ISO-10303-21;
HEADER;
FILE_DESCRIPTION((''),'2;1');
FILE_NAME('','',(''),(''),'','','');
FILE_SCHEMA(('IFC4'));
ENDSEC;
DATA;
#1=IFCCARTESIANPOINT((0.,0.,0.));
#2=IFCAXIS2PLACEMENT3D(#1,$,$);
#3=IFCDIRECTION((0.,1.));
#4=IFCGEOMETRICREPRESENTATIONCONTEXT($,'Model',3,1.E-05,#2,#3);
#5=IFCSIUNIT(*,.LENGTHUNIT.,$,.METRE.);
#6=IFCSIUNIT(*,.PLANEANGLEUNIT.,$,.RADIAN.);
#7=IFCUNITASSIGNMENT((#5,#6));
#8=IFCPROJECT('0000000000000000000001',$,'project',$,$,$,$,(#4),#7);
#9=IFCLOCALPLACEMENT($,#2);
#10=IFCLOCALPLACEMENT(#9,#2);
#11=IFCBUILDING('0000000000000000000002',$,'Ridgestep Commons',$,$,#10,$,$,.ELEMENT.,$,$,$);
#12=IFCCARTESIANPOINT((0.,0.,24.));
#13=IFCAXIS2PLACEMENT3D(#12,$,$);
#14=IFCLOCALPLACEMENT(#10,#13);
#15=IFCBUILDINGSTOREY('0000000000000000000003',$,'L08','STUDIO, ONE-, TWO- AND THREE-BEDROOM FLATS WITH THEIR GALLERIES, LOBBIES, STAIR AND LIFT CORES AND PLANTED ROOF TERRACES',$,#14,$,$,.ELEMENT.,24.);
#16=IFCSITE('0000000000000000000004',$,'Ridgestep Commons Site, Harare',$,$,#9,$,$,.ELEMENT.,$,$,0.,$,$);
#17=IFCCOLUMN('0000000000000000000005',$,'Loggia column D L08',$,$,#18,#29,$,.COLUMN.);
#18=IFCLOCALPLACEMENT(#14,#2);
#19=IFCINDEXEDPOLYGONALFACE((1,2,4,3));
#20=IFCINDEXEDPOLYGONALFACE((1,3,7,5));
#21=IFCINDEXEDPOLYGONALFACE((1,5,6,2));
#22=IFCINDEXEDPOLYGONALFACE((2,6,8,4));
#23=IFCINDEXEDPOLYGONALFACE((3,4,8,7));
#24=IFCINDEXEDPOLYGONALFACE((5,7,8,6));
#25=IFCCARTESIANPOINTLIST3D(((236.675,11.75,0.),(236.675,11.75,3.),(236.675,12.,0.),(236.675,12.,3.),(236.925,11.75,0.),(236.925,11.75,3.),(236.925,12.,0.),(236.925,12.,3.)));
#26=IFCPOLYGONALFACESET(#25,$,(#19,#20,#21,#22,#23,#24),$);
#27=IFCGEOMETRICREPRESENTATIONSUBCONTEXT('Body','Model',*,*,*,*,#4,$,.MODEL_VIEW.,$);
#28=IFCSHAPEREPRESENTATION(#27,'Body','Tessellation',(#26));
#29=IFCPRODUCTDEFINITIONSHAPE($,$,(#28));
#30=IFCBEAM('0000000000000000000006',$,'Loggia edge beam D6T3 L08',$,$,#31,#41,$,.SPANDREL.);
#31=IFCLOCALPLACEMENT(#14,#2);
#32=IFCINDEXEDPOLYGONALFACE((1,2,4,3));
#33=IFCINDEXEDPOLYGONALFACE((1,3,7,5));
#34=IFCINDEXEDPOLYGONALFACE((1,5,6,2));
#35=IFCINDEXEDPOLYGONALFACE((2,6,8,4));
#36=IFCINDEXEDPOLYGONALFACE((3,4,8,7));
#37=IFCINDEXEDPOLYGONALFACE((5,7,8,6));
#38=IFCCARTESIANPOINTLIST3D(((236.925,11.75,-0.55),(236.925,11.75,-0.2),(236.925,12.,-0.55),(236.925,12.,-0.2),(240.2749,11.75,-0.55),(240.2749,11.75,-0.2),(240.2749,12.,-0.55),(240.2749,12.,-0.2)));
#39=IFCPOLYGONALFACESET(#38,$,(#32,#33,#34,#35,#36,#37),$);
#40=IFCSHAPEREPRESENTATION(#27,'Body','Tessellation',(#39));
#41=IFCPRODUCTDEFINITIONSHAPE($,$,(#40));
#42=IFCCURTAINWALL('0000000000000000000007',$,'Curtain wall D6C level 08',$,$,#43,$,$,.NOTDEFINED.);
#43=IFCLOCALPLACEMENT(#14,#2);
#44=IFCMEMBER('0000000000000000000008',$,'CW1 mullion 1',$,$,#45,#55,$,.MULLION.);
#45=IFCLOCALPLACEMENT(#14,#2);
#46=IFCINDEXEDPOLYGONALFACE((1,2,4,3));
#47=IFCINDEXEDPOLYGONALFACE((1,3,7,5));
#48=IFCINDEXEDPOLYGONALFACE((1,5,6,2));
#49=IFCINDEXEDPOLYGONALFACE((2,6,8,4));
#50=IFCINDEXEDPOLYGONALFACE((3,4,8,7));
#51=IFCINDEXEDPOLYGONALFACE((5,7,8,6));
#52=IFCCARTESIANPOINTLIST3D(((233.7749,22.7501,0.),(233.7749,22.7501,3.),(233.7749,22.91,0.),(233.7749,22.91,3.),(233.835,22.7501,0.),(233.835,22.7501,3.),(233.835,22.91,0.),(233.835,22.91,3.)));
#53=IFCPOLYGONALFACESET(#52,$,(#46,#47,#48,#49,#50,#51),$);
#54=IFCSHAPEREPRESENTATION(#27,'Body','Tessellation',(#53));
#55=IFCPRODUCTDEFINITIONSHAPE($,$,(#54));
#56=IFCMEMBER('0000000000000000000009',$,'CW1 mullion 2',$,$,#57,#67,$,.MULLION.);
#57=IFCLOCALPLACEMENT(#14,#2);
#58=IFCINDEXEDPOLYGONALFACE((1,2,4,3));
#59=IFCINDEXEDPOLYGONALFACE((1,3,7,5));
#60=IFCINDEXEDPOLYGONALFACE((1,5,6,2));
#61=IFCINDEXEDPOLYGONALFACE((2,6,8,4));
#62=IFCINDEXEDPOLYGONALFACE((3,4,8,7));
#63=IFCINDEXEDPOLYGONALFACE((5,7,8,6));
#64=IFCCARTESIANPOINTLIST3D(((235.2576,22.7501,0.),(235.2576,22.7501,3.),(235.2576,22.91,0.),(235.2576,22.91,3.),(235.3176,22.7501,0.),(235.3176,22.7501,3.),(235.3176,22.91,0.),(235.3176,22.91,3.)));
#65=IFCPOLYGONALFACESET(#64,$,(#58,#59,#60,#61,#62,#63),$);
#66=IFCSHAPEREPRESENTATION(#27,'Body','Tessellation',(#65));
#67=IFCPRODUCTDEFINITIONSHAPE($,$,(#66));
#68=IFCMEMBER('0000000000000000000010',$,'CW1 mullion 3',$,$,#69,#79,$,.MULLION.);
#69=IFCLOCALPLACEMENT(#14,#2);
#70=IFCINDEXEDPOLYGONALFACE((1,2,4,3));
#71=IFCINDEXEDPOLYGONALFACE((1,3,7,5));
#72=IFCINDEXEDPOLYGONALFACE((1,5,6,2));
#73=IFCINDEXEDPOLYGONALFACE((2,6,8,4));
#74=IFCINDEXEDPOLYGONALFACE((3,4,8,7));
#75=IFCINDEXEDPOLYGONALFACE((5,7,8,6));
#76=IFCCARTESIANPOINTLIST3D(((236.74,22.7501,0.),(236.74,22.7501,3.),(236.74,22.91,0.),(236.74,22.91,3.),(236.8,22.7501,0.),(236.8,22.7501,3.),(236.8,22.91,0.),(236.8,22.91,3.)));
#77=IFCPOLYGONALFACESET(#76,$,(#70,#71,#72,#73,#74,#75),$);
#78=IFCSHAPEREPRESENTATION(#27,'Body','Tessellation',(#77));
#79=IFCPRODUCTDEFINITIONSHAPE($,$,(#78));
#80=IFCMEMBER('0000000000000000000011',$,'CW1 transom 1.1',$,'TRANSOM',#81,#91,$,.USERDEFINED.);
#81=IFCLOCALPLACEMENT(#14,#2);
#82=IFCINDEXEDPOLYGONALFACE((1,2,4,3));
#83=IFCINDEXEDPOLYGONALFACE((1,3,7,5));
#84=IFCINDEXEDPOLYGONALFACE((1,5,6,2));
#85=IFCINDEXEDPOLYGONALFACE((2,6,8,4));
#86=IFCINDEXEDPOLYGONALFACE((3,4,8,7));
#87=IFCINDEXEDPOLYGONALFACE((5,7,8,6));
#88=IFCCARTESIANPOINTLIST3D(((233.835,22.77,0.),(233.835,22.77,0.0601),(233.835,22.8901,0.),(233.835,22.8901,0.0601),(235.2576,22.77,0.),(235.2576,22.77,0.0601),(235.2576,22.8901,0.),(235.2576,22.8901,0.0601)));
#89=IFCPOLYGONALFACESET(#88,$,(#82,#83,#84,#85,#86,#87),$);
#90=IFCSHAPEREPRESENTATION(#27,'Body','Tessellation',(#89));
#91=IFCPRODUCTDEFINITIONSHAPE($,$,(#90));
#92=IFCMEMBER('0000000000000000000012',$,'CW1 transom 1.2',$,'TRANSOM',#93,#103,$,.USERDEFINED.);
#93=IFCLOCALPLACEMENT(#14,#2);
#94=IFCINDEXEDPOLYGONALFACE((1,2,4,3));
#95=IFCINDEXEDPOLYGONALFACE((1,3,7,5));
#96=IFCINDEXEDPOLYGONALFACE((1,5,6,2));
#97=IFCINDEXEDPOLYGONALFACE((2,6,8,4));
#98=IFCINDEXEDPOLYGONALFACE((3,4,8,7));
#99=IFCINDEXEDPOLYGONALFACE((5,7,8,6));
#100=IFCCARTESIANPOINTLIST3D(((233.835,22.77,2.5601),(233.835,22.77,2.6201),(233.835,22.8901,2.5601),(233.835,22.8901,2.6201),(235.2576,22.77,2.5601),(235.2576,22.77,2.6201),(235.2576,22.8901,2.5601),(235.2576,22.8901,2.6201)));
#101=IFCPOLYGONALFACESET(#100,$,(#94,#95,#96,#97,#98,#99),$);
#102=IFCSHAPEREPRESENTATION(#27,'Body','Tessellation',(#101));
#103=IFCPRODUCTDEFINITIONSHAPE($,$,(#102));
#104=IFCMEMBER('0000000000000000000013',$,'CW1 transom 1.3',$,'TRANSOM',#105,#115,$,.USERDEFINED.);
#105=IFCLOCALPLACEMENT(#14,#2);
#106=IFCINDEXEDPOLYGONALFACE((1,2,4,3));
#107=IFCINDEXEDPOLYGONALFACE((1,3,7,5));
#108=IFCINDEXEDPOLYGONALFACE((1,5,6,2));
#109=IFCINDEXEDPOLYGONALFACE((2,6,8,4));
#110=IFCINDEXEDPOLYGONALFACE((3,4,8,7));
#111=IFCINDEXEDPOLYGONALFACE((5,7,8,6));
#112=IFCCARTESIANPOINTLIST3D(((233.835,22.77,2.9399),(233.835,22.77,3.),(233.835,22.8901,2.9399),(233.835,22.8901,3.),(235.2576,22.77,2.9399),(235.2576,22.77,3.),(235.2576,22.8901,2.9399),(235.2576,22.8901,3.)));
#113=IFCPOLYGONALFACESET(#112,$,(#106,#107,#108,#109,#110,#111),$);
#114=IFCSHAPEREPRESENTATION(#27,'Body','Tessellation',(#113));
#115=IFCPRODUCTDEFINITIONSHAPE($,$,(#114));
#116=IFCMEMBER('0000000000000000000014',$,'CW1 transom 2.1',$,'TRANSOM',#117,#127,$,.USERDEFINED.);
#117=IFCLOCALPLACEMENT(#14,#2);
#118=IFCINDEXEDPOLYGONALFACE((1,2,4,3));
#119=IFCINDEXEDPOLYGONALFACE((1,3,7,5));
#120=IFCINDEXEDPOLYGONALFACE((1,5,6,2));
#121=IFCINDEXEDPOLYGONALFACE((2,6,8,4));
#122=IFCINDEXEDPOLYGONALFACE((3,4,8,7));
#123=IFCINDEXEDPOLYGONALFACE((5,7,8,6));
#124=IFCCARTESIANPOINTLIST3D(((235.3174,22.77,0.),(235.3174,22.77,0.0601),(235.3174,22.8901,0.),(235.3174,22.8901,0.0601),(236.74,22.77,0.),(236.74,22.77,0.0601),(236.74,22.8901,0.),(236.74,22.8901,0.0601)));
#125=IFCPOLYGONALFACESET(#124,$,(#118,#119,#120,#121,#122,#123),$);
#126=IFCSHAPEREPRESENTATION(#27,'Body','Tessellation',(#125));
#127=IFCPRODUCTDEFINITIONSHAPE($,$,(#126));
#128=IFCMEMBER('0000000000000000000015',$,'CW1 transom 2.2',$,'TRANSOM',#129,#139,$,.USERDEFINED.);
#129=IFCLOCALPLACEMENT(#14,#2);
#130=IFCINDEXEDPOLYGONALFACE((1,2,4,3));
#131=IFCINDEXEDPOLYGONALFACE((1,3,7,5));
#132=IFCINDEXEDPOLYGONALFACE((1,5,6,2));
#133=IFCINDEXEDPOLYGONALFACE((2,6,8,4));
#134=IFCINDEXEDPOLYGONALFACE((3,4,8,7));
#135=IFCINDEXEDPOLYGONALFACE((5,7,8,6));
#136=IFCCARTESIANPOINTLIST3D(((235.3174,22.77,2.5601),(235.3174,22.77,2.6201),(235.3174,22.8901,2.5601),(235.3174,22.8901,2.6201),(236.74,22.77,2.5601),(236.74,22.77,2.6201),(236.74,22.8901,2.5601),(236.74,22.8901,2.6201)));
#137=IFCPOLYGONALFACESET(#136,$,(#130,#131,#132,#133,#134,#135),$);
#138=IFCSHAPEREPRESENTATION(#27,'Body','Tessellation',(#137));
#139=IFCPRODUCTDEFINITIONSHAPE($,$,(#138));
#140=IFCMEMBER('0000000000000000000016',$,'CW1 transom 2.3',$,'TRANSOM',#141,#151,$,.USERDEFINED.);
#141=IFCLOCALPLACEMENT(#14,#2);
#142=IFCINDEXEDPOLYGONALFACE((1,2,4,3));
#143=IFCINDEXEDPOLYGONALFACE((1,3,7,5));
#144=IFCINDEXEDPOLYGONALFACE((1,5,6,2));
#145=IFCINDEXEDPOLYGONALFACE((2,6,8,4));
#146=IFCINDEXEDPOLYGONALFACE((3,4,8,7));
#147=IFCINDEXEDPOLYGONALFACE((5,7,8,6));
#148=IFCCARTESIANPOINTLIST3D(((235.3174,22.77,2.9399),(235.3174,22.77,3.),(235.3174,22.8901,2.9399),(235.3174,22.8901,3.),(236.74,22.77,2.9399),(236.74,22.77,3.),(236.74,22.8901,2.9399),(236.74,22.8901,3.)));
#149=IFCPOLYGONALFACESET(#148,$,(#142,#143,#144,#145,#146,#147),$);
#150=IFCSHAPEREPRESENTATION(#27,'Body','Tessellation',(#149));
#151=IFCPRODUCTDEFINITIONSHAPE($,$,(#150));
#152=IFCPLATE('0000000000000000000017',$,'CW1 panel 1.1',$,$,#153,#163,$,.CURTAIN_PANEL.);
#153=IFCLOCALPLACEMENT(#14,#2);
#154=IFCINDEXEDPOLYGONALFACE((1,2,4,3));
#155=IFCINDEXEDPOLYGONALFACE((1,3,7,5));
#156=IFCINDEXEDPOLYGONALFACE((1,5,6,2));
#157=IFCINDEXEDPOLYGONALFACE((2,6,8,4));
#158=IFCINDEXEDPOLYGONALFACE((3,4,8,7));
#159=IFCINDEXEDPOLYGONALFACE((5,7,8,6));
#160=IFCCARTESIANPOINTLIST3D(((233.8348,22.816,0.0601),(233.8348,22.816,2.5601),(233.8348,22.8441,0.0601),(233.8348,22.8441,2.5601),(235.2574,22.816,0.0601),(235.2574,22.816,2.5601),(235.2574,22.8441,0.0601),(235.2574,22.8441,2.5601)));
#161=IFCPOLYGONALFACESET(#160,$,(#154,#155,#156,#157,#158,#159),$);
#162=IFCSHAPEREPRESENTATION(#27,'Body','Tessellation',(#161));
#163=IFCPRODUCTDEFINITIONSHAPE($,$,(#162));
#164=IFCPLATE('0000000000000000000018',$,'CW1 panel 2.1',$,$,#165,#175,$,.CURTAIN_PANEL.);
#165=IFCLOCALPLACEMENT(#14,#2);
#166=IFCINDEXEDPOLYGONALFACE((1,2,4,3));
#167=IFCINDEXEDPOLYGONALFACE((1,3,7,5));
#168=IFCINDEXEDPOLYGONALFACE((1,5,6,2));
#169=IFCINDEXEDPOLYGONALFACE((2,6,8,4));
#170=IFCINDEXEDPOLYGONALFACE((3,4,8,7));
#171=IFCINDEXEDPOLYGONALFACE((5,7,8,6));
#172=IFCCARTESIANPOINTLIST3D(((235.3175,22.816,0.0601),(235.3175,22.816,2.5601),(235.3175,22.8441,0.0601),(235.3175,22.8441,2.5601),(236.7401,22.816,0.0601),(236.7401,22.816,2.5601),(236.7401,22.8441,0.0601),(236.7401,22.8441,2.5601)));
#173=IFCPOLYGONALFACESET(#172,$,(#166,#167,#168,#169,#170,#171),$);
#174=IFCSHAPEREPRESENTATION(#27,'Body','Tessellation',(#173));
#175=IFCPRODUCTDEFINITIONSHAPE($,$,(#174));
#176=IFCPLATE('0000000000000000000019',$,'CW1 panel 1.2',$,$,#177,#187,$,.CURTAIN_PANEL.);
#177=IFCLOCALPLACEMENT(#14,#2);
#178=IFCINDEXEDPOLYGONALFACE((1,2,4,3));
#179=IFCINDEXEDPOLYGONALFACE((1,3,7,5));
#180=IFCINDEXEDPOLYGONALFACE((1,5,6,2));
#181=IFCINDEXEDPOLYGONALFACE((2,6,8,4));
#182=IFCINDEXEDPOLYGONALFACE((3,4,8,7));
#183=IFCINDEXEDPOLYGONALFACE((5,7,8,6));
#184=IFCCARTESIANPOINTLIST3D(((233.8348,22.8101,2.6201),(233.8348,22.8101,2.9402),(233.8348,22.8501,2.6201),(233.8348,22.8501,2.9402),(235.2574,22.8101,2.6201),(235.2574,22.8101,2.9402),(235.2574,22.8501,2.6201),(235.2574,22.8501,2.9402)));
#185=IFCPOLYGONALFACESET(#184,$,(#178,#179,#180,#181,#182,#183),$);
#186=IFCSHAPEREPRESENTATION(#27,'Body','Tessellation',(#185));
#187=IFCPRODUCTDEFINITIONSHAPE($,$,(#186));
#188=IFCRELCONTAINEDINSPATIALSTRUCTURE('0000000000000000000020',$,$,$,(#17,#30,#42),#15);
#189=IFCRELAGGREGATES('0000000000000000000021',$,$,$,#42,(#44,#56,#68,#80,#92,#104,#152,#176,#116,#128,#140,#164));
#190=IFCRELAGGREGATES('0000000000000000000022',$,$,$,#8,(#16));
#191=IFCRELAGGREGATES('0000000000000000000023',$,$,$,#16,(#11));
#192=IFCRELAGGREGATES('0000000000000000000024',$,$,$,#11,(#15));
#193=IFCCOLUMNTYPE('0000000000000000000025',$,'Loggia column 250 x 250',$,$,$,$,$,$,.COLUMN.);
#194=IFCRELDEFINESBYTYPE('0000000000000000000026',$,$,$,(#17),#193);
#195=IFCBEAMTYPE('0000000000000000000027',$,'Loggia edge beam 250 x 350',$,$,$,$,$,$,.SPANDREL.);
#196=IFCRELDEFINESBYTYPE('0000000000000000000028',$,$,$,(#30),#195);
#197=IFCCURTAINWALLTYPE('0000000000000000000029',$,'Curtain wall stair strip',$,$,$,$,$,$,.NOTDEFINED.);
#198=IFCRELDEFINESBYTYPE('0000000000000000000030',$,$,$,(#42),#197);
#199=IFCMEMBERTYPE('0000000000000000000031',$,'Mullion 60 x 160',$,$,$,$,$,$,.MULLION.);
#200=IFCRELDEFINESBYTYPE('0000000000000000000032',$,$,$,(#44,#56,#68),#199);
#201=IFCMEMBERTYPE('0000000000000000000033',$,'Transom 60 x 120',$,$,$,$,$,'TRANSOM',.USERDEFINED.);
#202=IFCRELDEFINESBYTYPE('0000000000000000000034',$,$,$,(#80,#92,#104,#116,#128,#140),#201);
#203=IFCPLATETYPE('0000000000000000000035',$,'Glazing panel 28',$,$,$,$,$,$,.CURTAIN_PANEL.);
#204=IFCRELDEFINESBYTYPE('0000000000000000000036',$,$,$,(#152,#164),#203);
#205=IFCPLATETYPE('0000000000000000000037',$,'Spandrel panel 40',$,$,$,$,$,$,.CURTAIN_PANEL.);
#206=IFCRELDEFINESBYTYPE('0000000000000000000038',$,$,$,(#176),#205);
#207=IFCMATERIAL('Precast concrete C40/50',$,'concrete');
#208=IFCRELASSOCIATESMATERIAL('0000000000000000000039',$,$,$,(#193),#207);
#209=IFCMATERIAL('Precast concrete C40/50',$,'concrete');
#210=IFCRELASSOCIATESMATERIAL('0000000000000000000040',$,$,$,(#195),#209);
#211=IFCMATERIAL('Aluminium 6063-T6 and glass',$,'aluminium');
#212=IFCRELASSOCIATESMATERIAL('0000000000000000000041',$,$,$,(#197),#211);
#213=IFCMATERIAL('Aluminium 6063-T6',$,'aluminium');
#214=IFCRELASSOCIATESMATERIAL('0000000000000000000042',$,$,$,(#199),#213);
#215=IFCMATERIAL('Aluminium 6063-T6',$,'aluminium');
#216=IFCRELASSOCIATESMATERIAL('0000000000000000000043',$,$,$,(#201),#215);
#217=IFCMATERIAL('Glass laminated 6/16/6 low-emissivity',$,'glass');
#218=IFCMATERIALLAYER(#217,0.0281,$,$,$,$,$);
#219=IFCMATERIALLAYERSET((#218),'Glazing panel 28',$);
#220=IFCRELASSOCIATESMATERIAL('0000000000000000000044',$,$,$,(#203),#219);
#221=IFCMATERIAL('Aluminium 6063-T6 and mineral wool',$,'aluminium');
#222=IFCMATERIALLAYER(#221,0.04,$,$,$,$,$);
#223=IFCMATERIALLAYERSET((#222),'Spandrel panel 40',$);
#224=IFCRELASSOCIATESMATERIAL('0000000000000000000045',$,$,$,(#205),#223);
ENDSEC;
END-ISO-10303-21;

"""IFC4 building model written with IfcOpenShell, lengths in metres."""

from ifc_helpers import new_model, si_unit, direction, frame, origin, origin_2d, place, context, subcontext, project, spatial, rectangle, extrude, material, layer, layer_set, material_profile, profile_set, type_object, element, aggregate, save


model = new_model("IFC4")

# Units and contexts
model_context = context("Model", 3, precision=1e-05, world=origin(), true_north=direction((0.0, 1.0)))
body_context = subcontext(model_context, "Body", "Model", "MODEL_VIEW")
ifc_project = project(units=[si_unit("LENGTHUNIT", "METRE"), si_unit("PLANEANGLEUNIT", "RADIAN")], contexts=[model_context])

# Site, building, storey
site_placement = place(None, origin())
site = spatial("IfcSite", under=ifc_project, at=site_placement, Name="Ridgestep Commons Site, Harare", CompositionType="ELEMENT", RefElevation=0.0)
building_placement = place(site_placement, origin())
building = spatial("IfcBuilding", under=site, at=building_placement, Name="Ridgestep Commons", CompositionType="ELEMENT")
storey_placement = place(building_placement, frame((0.0, 0.0, 24.0)))
storey = spatial("IfcBuildingStorey", under=building, at=storey_placement, Name="L08", Description="STUDIO, ONE-, TWO- AND THREE-BEDROOM FLATS WITH THEIR GALLERIES, LOBBIES, STAIR AND LIFT CORES AND PLANTED ROOF TERRACES", CompositionType="ELEMENT", Elevation=24.0)

# Column
ifc_material_1 = material(Name="Precast concrete C40/50", Category="concrete")
ifc_material_profile_1 = material_profile(ifc_material_1, rectangle(XDim=0.25, YDim=0.25, at=origin_2d()), Name="PC 250x250")
ifc_profile_set_1 = profile_set([ifc_material_profile_1], Name="Precast concrete C40/50")
column_type = type_object("IfcColumnType", Name="Loggia column 250 x 250", PredefinedType="COLUMN", material=ifc_profile_set_1)
column_placement = place(storey_placement, frame((236.8, 11.875, 0.0), z_axis=(0.0, 0.0, 1.0), x_axis=(1.0, 0.0, 0.0)))
element("IfcColumn", 1, at=column_placement, inside=storey, type_object=column_type, Name="Loggia column D L08", PredefinedType="COLUMN", context=body_context, shape_type="SweptSolid", body=[
    extrude(rectangle(XDim=0.25, YDim=0.25, at=origin_2d()), origin(), (0.0, 0.0, 1.0), 3.0),
])

# Beam
ifc_material_2 = material(Name="Precast concrete C40/50", Category="concrete")
ifc_material_profile_2 = material_profile(ifc_material_2, rectangle(XDim=0.25, YDim=0.3501, at=origin_2d()), Name="PC 250x350")
ifc_profile_set_2 = profile_set([ifc_material_profile_2], Name="Precast concrete C40/50")
beam_type = type_object("IfcBeamType", Name="Loggia edge beam 250 x 350", PredefinedType="SPANDREL", material=ifc_profile_set_2)
beam_placement = place(storey_placement, frame((236.925, 11.875, -0.375), z_axis=(1.0, 0.0, 0.0), x_axis=(0.0, 1.0, 0.0)))
element("IfcBeam", 2, at=beam_placement, inside=storey, type_object=beam_type, Name="Loggia edge beam D6T3 L08", PredefinedType="SPANDREL", context=body_context, shape_type="SweptSolid", body=[
    extrude(rectangle(XDim=0.25, YDim=0.3501, at=origin_2d()), origin(), (0.0, 0.0, 1.0), 3.3499),
])

# Curtain wall, members, plates
ifc_material_3 = material(Name="Aluminium 6063-T6 and glass", Category="aluminium")
curtain_wall_type = type_object("IfcCurtainWallType", Name="Curtain wall stair strip", PredefinedType="NOTDEFINED", material=ifc_material_3)
curtain_wall_placement = place(storey_placement, origin())
curtain_wall = element("IfcCurtainWall", 3, at=curtain_wall_placement, inside=storey, type_object=curtain_wall_type, Name="Curtain wall D6C level 08", PredefinedType="NOTDEFINED")
ifc_material_4 = material(Name="Aluminium 6063-T6", Category="aluminium")
ifc_material_profile_3 = material_profile(ifc_material_4, rectangle(XDim=0.1599, YDim=0.0601, at=origin_2d()), Name="Mullion 60 x 160")
ifc_profile_set_3 = profile_set([ifc_material_profile_3], Name="Aluminium 6063-T6")
member_type_1 = type_object("IfcMemberType", Name="Mullion 60 x 160", PredefinedType="MULLION", material=ifc_profile_set_3)
member_1_placement = place(storey_placement, frame((233.8049, 22.8301, 0.0), z_axis=(0.0, 0.0, 1.0), x_axis=(0.0, 1.0, 0.0)))
member_1 = element("IfcMember", 4, at=member_1_placement, type_object=member_type_1, Name="CW1 mullion 1", PredefinedType="MULLION", context=body_context, shape_type="SweptSolid", body=[
    extrude(rectangle(XDim=0.1599, YDim=0.0601, at=origin_2d()), origin(), (0.0, 0.0, 1.0), 3.0),
])
member_2_placement = place(storey_placement, frame((235.2876, 22.8301, 0.0), z_axis=(0.0, 0.0, 1.0), x_axis=(0.0, 1.0, 0.0)))
member_2 = element("IfcMember", 5, at=member_2_placement, type_object=member_type_1, Name="CW1 mullion 2", PredefinedType="MULLION", context=body_context, shape_type="SweptSolid", body=[
    extrude(rectangle(XDim=0.1599, YDim=0.0601, at=origin_2d()), origin(), (0.0, 0.0, 1.0), 3.0),
])
member_3_placement = place(storey_placement, frame((236.77, 22.8301, 0.0), z_axis=(0.0, 0.0, 1.0), x_axis=(0.0, 1.0, 0.0)))
member_3 = element("IfcMember", 6, at=member_3_placement, type_object=member_type_1, Name="CW1 mullion 3", PredefinedType="MULLION", context=body_context, shape_type="SweptSolid", body=[
    extrude(rectangle(XDim=0.1599, YDim=0.0601, at=origin_2d()), origin(), (0.0, 0.0, 1.0), 3.0),
])
ifc_material_5 = material(Name="Aluminium 6063-T6", Category="aluminium")
ifc_material_profile_4 = material_profile(ifc_material_5, rectangle(XDim=0.1201, YDim=0.0601, at=origin_2d()), Name="Transom 60 x 120")
ifc_profile_set_4 = profile_set([ifc_material_profile_4], Name="Aluminium 6063-T6")
member_type_2 = type_object("IfcMemberType", Name="Transom 60 x 120", ElementType="TRANSOM", PredefinedType="USERDEFINED", material=ifc_profile_set_4)
member_4_placement = place(storey_placement, frame((233.835, 22.8301, 0.03), z_axis=(1.0, 0.0, 0.0), x_axis=(0.0, 1.0, 0.0)))
member_4 = element("IfcMember", 7, at=member_4_placement, type_object=member_type_2, Name="CW1 transom 1.1", ObjectType="TRANSOM", PredefinedType="USERDEFINED", context=body_context, shape_type="SweptSolid", body=[
    extrude(rectangle(XDim=0.1201, YDim=0.0601, at=origin_2d()), origin(), (0.0, 0.0, 1.0), 1.4226),
])
member_5_placement = place(storey_placement, frame((233.835, 22.8301, 2.5901), z_axis=(1.0, 0.0, 0.0), x_axis=(0.0, 1.0, 0.0)))
member_5 = element("IfcMember", 8, at=member_5_placement, type_object=member_type_2, Name="CW1 transom 1.2", ObjectType="TRANSOM", PredefinedType="USERDEFINED", context=body_context, shape_type="SweptSolid", body=[
    extrude(rectangle(XDim=0.1201, YDim=0.0601, at=origin_2d()), origin(), (0.0, 0.0, 1.0), 1.4226),
])
member_6_placement = place(storey_placement, frame((233.835, 22.8301, 2.97), z_axis=(1.0, 0.0, 0.0), x_axis=(0.0, 1.0, 0.0)))
member_6 = element("IfcMember", 9, at=member_6_placement, type_object=member_type_2, Name="CW1 transom 1.3", ObjectType="TRANSOM", PredefinedType="USERDEFINED", context=body_context, shape_type="SweptSolid", body=[
    extrude(rectangle(XDim=0.1201, YDim=0.0601, at=origin_2d()), origin(), (0.0, 0.0, 1.0), 1.4226),
])
member_7_placement = place(storey_placement, frame((235.3174, 22.8301, 0.03), z_axis=(1.0, 0.0, 0.0), x_axis=(0.0, 1.0, 0.0)))
member_7 = element("IfcMember", 10, at=member_7_placement, type_object=member_type_2, Name="CW1 transom 2.1", ObjectType="TRANSOM", PredefinedType="USERDEFINED", context=body_context, shape_type="SweptSolid", body=[
    extrude(rectangle(XDim=0.1201, YDim=0.0601, at=origin_2d()), origin(), (0.0, 0.0, 1.0), 1.4226),
])
member_8_placement = place(storey_placement, frame((235.3174, 22.8301, 2.5901), z_axis=(1.0, 0.0, 0.0), x_axis=(0.0, 1.0, 0.0)))
member_8 = element("IfcMember", 11, at=member_8_placement, type_object=member_type_2, Name="CW1 transom 2.2", ObjectType="TRANSOM", PredefinedType="USERDEFINED", context=body_context, shape_type="SweptSolid", body=[
    extrude(rectangle(XDim=0.1201, YDim=0.0601, at=origin_2d()), origin(), (0.0, 0.0, 1.0), 1.4226),
])
member_9_placement = place(storey_placement, frame((235.3174, 22.8301, 2.97), z_axis=(1.0, 0.0, 0.0), x_axis=(0.0, 1.0, 0.0)))
member_9 = element("IfcMember", 12, at=member_9_placement, type_object=member_type_2, Name="CW1 transom 2.3", ObjectType="TRANSOM", PredefinedType="USERDEFINED", context=body_context, shape_type="SweptSolid", body=[
    extrude(rectangle(XDim=0.1201, YDim=0.0601, at=origin_2d()), origin(), (0.0, 0.0, 1.0), 1.4226),
])
ifc_material_6 = material(Name="Glass laminated 6/16/6 low-emissivity", Category="glass")
ifc_layer_1 = layer(ifc_material_6, 0.0281)
ifc_layer_set_1 = layer_set([ifc_layer_1], Name="Glazing panel 28")
plate_type_1 = type_object("IfcPlateType", Name="Glazing panel 28", PredefinedType="CURTAIN_PANEL", material=ifc_layer_set_1)
plate_1_placement = place(storey_placement, frame((234.5461, 22.8301, 0.0601), z_axis=(0.0, 0.0, 1.0), x_axis=(1.0, 0.0, 0.0)))
plate_1 = element("IfcPlate", 13, at=plate_1_placement, type_object=plate_type_1, Name="CW1 panel 1.1", PredefinedType="CURTAIN_PANEL", context=body_context, shape_type="SweptSolid", body=[
    extrude(rectangle(XDim=1.4226, YDim=0.0281, at=origin_2d()), origin(), (0.0, 0.0, 1.0), 2.5),
])
plate_2_placement = place(storey_placement, frame((236.0288, 22.8301, 0.0601), z_axis=(0.0, 0.0, 1.0), x_axis=(1.0, 0.0, 0.0)))
plate_2 = element("IfcPlate", 14, at=plate_2_placement, type_object=plate_type_1, Name="CW1 panel 2.1", PredefinedType="CURTAIN_PANEL", context=body_context, shape_type="SweptSolid", body=[
    extrude(rectangle(XDim=1.4226, YDim=0.0281, at=origin_2d()), origin(), (0.0, 0.0, 1.0), 2.5),
])
ifc_material_7 = material(Name="Aluminium 6063-T6 and mineral wool", Category="aluminium")
ifc_layer_2 = layer(ifc_material_7, 0.04)
ifc_layer_set_2 = layer_set([ifc_layer_2], Name="Spandrel panel 40")
plate_type_2 = type_object("IfcPlateType", Name="Spandrel panel 40", PredefinedType="CURTAIN_PANEL", material=ifc_layer_set_2)
plate_3_placement = place(storey_placement, frame((234.5461, 22.8301, 2.6201), z_axis=(0.0, 0.0, 1.0), x_axis=(1.0, 0.0, 0.0)))
plate_3 = element("IfcPlate", 15, at=plate_3_placement, type_object=plate_type_2, Name="CW1 panel 1.2", PredefinedType="CURTAIN_PANEL", context=body_context, shape_type="SweptSolid", body=[
    extrude(rectangle(XDim=1.4226, YDim=0.04, at=origin_2d()), origin(), (0.0, 0.0, 1.0), 0.3201),
])
aggregate(curtain_wall, [member_1, member_2, member_3, member_4, member_5, member_6, plate_1, plate_3, member_7, member_8, member_9, plate_2])

save(model, "model.ifc")
